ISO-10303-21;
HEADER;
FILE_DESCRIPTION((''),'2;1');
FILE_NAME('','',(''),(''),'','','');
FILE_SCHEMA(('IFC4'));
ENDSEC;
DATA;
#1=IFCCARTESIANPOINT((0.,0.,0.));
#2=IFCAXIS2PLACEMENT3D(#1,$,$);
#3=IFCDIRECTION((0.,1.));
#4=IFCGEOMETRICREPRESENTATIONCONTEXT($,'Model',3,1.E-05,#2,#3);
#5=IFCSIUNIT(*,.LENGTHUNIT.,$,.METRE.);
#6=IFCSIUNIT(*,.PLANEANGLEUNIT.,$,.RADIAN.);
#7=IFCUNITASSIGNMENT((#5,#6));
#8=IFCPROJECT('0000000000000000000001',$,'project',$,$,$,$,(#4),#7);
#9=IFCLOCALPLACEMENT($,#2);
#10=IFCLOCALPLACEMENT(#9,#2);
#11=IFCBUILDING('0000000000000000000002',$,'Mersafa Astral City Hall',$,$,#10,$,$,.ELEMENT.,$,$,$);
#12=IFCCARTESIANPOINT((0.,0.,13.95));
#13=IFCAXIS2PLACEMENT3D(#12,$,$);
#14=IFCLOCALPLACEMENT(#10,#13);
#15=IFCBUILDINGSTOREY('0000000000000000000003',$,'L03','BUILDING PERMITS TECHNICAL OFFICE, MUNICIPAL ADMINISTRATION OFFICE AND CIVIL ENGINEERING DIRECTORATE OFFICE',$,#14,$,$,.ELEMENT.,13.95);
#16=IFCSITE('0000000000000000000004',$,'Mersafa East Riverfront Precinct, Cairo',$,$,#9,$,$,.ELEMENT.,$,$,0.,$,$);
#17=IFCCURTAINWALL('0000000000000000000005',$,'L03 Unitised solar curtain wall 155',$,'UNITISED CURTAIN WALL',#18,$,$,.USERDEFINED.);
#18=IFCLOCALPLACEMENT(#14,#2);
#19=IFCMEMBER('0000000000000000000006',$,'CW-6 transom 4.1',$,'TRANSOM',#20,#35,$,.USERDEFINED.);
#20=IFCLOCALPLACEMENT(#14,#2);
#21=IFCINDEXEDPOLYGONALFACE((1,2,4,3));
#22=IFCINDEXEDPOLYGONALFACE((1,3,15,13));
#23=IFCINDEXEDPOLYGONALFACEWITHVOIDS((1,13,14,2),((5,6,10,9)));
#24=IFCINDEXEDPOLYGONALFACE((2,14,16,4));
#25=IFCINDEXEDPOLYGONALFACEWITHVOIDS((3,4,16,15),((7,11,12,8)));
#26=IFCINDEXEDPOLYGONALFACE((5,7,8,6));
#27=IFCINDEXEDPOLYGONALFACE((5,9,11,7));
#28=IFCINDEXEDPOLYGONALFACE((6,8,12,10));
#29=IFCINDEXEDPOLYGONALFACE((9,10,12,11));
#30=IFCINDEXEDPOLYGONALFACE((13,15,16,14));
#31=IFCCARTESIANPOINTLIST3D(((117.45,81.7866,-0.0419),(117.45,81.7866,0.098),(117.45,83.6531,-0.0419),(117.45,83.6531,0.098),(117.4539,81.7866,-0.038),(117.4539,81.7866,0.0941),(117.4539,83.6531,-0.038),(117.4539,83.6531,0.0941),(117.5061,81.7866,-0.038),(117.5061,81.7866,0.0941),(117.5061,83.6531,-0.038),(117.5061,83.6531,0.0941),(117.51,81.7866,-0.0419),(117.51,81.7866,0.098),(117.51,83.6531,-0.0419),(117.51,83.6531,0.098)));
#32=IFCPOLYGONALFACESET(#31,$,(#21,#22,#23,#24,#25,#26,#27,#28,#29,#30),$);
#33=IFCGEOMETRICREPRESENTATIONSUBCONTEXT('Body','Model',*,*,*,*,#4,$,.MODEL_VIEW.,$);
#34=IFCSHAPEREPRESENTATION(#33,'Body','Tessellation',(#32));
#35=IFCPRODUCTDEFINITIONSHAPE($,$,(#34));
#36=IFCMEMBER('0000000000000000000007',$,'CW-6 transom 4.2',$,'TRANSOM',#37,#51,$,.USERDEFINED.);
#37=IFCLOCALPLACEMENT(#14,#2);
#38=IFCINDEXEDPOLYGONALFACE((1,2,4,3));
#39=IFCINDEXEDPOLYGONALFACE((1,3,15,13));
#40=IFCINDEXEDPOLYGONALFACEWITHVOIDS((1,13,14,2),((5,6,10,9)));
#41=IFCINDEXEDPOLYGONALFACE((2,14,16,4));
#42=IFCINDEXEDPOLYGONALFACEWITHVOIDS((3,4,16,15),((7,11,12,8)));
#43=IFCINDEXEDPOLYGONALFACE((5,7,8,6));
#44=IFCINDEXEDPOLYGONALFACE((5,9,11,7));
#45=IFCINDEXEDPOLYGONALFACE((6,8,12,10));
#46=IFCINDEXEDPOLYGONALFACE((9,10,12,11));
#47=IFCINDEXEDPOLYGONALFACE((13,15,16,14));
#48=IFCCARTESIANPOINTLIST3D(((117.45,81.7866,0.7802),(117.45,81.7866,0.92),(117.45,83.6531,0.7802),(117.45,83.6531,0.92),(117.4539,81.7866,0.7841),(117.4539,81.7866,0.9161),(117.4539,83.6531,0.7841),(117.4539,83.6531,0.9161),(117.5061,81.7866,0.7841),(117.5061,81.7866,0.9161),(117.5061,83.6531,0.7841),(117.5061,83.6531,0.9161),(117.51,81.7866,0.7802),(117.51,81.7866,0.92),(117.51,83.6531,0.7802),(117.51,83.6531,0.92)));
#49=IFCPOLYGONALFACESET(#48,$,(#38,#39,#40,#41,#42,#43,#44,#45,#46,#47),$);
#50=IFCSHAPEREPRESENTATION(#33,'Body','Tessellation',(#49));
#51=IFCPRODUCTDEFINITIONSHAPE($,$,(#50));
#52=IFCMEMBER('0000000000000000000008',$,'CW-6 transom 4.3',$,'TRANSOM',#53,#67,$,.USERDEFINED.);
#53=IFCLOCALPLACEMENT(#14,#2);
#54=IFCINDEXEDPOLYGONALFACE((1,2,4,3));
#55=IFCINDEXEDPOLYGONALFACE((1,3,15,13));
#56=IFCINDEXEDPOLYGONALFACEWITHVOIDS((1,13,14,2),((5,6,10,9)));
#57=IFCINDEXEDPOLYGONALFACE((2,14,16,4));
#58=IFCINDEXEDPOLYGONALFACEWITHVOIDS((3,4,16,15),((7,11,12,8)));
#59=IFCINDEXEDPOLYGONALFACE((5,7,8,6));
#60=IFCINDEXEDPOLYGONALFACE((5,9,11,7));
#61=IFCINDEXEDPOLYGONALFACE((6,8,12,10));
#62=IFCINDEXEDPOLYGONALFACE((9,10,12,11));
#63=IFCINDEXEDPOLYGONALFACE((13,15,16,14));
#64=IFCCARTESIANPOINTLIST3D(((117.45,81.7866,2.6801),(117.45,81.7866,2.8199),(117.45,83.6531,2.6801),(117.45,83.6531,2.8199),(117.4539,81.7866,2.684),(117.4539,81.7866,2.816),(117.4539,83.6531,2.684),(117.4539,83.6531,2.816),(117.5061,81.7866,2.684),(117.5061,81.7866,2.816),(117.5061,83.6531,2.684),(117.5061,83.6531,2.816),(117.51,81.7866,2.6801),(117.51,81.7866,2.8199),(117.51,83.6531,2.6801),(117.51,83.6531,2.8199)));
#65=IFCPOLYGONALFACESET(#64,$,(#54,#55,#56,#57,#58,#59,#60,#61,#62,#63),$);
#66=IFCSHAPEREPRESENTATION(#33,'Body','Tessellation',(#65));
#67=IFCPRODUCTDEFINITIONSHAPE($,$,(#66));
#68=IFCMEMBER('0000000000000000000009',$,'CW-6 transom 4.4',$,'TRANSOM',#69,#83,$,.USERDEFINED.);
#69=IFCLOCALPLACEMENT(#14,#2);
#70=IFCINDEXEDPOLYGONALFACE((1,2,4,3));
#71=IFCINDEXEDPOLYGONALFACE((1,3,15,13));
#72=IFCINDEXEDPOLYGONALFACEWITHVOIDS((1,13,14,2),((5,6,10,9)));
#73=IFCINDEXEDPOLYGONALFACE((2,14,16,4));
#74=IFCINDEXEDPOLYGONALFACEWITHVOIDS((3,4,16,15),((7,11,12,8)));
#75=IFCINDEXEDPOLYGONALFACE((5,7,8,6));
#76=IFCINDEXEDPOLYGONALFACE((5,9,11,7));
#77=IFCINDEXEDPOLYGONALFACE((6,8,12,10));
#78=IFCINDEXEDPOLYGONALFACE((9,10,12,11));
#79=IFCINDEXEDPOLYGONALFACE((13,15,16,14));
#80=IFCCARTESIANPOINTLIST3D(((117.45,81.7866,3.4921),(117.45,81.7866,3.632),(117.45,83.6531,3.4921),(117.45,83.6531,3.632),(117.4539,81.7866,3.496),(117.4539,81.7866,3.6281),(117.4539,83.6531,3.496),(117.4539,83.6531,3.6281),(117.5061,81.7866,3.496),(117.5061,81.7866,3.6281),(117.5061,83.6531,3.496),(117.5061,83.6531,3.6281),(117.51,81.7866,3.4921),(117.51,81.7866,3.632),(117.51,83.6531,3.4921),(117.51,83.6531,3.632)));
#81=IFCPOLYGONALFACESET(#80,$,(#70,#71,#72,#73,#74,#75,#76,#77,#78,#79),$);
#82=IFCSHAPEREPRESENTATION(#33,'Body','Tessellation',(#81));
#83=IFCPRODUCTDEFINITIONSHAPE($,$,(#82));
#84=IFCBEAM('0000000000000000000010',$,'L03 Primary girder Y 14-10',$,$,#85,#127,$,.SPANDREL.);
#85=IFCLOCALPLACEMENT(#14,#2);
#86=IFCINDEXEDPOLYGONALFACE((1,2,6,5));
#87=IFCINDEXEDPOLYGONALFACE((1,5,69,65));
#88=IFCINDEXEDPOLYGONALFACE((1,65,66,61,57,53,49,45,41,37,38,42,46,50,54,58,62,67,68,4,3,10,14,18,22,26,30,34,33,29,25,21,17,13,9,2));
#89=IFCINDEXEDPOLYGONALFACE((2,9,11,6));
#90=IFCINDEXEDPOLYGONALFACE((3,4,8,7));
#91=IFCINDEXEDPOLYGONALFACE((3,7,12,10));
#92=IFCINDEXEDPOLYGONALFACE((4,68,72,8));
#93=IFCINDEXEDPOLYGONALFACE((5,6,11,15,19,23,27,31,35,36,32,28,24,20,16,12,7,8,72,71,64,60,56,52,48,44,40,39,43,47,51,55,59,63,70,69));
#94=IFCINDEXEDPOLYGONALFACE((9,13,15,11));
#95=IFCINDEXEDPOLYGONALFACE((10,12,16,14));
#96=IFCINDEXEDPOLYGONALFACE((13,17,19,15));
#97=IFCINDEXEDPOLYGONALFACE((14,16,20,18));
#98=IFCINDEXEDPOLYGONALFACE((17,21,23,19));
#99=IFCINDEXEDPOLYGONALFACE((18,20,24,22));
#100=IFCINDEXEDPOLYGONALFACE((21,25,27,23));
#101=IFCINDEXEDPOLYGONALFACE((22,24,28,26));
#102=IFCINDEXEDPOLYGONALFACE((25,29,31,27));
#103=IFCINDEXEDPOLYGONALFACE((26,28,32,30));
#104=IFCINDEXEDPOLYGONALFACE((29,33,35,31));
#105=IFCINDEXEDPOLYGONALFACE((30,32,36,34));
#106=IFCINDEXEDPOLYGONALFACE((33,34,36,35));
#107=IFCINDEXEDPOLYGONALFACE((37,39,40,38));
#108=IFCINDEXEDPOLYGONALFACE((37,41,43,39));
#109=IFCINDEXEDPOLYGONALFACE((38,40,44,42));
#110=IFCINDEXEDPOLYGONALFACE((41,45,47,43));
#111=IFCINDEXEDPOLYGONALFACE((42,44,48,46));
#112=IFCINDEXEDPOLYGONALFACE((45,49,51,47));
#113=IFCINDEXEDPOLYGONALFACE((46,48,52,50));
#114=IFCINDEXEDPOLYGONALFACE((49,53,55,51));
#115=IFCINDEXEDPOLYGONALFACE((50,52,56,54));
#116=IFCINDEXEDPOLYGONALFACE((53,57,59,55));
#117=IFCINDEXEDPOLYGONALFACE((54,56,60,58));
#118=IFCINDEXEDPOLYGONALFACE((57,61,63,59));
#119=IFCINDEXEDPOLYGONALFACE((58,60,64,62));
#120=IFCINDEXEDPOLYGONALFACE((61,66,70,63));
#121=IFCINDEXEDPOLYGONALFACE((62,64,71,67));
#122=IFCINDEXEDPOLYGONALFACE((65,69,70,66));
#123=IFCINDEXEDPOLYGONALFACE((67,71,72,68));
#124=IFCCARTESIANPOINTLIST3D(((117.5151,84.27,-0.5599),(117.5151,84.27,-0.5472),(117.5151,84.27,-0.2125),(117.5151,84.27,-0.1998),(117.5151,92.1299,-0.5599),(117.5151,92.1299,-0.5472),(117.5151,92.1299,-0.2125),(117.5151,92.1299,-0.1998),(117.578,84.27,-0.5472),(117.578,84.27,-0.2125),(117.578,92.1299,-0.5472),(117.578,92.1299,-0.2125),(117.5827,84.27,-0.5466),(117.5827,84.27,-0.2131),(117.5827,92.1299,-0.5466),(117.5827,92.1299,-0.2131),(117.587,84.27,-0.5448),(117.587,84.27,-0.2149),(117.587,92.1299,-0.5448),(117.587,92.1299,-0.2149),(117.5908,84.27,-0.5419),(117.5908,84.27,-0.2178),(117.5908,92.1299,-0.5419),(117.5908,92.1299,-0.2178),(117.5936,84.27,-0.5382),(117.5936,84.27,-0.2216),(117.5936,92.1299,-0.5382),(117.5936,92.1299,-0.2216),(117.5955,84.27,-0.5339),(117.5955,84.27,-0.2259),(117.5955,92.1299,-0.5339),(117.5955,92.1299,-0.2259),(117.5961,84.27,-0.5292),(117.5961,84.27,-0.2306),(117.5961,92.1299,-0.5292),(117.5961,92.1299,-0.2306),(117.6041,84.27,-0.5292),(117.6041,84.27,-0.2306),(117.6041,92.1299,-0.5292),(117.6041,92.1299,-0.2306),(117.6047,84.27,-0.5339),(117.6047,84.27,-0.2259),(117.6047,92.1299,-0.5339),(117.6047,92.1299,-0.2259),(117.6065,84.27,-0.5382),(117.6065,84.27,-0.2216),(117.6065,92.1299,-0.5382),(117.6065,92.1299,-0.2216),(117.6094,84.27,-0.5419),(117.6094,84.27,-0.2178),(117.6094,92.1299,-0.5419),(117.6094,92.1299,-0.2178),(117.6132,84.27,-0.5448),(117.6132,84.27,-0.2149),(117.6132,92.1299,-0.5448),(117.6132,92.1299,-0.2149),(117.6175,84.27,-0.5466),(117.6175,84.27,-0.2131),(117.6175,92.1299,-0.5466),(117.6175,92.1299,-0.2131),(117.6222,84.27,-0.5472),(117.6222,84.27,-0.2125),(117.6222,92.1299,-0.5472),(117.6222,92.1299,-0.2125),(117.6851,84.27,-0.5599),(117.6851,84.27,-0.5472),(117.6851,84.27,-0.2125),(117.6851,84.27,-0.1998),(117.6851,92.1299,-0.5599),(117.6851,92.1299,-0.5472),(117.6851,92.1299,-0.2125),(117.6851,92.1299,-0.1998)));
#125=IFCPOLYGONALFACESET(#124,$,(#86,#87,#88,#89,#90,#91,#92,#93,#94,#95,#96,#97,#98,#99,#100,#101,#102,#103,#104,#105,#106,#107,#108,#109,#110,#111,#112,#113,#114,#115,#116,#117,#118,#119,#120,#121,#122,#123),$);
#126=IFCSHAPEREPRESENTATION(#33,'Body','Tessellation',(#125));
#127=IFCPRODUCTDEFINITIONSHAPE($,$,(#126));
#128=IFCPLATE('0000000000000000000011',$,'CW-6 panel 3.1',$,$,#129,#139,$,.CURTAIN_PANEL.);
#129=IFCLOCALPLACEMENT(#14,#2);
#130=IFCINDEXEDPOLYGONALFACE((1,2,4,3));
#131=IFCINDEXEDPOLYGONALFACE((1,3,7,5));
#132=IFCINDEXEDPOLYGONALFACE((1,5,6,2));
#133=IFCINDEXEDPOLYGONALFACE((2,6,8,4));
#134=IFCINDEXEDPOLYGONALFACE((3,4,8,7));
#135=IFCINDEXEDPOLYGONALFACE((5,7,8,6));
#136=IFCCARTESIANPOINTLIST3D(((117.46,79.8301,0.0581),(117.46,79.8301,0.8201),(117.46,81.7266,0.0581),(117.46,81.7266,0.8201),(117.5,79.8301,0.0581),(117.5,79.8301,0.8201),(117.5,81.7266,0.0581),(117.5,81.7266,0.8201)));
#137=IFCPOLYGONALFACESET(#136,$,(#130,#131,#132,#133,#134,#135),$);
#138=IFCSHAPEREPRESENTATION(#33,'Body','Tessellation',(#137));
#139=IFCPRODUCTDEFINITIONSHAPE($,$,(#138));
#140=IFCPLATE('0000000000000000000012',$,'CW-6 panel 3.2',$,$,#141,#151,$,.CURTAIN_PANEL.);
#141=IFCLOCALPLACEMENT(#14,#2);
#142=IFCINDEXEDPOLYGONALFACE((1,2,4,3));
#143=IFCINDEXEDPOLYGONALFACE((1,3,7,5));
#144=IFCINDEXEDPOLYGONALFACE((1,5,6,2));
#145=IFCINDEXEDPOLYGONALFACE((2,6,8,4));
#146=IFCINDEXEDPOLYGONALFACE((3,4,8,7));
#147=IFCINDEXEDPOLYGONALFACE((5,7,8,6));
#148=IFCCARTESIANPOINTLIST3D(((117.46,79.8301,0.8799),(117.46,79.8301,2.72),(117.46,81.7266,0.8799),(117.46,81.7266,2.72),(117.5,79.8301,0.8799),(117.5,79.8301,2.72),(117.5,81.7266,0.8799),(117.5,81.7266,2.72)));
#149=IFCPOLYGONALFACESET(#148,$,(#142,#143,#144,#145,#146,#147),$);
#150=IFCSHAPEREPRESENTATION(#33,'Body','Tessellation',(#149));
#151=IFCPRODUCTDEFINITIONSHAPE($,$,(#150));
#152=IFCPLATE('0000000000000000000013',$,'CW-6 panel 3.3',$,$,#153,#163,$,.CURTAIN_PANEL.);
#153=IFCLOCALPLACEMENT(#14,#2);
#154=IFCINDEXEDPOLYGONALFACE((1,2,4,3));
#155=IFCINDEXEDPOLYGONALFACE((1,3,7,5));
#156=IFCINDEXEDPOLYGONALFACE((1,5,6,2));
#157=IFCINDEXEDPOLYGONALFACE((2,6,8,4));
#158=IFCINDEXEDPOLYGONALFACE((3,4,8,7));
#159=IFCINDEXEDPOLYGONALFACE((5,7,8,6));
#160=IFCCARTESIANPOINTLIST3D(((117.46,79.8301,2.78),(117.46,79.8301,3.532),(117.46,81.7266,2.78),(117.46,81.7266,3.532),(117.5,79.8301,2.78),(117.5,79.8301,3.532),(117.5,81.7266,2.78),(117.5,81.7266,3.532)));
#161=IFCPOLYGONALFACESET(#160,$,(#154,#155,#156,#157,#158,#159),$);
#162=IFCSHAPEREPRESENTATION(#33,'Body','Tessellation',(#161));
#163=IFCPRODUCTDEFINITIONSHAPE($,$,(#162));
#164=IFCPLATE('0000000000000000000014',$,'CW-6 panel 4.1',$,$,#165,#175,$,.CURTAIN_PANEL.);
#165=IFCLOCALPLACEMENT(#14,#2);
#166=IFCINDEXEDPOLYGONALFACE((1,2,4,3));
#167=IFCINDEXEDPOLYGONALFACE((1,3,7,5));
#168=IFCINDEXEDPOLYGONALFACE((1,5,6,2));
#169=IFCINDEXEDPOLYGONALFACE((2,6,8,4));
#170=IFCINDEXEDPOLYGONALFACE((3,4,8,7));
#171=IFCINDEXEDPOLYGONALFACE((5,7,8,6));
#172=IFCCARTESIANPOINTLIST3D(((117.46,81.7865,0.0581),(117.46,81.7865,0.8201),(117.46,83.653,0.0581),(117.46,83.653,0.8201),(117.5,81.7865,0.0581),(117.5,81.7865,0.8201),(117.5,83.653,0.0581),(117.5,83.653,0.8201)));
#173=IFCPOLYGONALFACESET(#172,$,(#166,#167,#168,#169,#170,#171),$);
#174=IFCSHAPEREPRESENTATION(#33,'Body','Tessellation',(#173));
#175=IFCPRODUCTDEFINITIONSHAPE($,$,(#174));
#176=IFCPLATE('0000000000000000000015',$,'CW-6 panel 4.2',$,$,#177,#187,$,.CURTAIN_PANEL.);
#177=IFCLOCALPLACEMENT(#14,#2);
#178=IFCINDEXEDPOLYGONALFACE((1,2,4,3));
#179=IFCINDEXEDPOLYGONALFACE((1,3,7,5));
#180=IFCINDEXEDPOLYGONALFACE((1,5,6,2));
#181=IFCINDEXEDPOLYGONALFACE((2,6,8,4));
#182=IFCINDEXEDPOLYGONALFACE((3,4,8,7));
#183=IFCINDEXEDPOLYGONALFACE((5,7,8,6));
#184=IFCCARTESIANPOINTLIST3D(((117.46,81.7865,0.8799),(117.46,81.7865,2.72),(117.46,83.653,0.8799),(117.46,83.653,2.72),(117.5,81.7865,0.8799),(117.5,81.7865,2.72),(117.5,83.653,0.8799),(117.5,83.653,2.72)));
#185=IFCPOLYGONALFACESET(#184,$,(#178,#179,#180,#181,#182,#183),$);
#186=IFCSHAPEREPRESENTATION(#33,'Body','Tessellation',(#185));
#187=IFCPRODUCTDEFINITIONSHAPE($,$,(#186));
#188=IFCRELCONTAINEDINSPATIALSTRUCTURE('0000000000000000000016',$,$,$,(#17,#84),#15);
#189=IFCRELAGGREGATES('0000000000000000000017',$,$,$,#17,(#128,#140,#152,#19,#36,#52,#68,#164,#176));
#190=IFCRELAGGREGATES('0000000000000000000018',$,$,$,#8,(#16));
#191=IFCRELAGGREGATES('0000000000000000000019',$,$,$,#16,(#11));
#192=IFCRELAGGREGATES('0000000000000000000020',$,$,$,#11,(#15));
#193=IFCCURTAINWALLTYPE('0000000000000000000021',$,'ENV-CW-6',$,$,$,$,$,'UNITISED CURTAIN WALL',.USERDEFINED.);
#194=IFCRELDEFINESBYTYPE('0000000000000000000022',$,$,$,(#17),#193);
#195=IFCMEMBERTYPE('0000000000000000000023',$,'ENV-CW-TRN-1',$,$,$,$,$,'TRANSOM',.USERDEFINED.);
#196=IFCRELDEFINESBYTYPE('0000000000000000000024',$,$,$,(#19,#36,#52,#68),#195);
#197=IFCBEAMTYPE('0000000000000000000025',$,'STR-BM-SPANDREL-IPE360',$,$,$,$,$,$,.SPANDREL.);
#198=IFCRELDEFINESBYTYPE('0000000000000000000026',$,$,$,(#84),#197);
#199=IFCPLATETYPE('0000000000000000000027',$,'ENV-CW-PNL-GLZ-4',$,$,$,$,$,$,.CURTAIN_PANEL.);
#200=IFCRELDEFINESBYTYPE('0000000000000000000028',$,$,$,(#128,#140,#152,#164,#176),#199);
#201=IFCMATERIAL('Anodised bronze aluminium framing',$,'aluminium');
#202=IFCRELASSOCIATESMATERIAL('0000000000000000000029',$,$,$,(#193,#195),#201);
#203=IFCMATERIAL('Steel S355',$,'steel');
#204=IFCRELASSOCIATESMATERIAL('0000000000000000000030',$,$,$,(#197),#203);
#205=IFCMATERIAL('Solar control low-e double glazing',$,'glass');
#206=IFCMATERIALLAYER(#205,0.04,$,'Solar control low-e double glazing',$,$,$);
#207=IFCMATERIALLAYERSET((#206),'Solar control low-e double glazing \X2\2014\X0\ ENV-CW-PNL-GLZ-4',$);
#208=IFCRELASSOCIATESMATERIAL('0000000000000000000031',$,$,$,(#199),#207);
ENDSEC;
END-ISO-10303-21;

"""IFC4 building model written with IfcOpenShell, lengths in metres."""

from ifc_helpers import new_model, si_unit, direction, frame, origin, origin_2d, place, context, subcontext, project, spatial, rectangle, hollow_rectangle, i_section, extrude, material, layer, layer_set, material_profile, profile_set, type_object, element, aggregate, save


model = new_model("IFC4")

# Units and contexts
model_context = context("Model", 3, precision=1e-05, world=origin(), true_north=direction((0.0, 1.0)))
body_context = subcontext(model_context, "Body", "Model", "MODEL_VIEW")
ifc_project = project(units=[si_unit("LENGTHUNIT", "METRE"), si_unit("PLANEANGLEUNIT", "RADIAN")], contexts=[model_context])

# Site, building, storey
site_placement = place(None, origin())
site = spatial("IfcSite", under=ifc_project, at=site_placement, Name="Mersafa East Riverfront Precinct, Cairo", CompositionType="ELEMENT", RefElevation=0.0)
building_placement = place(site_placement, origin())
building = spatial("IfcBuilding", under=site, at=building_placement, Name="Mersafa Astral City Hall", CompositionType="ELEMENT")
storey_placement = place(building_placement, frame((0.0, 0.0, 13.95)))
storey = spatial("IfcBuildingStorey", under=building, at=storey_placement, Name="L03", Description="BUILDING PERMITS TECHNICAL OFFICE, MUNICIPAL ADMINISTRATION OFFICE AND CIVIL ENGINEERING DIRECTORATE OFFICE", CompositionType="ELEMENT", Elevation=13.95)

# Shared definitions
ifc_material_1 = material(Name="Steel S355", Category="steel")

# Curtain wall, members
ifc_material_2 = material(Name="Anodised bronze aluminium framing", Category="aluminium")
curtain_wall_type = type_object("IfcCurtainWallType", Name="ENV-CW-6", ElementType="UNITISED CURTAIN WALL", PredefinedType="USERDEFINED", material=ifc_material_2)
curtain_wall_placement = place(storey_placement, origin())
curtain_wall = element("IfcCurtainWall", 1, at=curtain_wall_placement, inside=storey, type_object=curtain_wall_type, Name="L03 Unitised solar curtain wall 155", ObjectType="UNITISED CURTAIN WALL", PredefinedType="USERDEFINED")
ifc_material_profile_1 = material_profile(ifc_material_2, hollow_rectangle(XDim=0.0601, YDim=0.1399, WallThickness=0.0039, at=origin_2d()), Name="RHS 60x140x4")
ifc_profile_set_1 = profile_set([ifc_material_profile_1], Name="Anodised bronze aluminium framing")
member_type_1 = type_object("IfcMemberType", Name="ENV-CW-TRN-1", ElementType="TRANSOM", PredefinedType="USERDEFINED", material=ifc_profile_set_1)
member_1_placement = place(storey_placement, frame((117.48, 81.7866, 0.0281), z_axis=(0.0, 1.0, 0.0), x_axis=(-1.0, 0.0, 0.0)))
member_1 = element("IfcMember", 2, at=member_1_placement, type_object=member_type_1, Name="CW-6 transom 4.1", ObjectType="TRANSOM", PredefinedType="USERDEFINED", context=body_context, shape_type="SweptSolid", body=[
    extrude(hollow_rectangle(XDim=0.0601, YDim=0.1399, WallThickness=0.0039, at=origin_2d()), origin(), (0.0, 0.0, 1.0), 1.8665),
])
member_2_placement = place(storey_placement, frame((117.48, 81.7866, 0.8501), z_axis=(0.0, 1.0, 0.0), x_axis=(-1.0, 0.0, 0.0)))
member_2 = element("IfcMember", 3, at=member_2_placement, type_object=member_type_1, Name="CW-6 transom 4.2", ObjectType="TRANSOM", PredefinedType="USERDEFINED", context=body_context, shape_type="SweptSolid", body=[
    extrude(hollow_rectangle(XDim=0.0601, YDim=0.1399, WallThickness=0.0039, at=origin_2d()), origin(), (0.0, 0.0, 1.0), 1.8665),
])
member_3_placement = place(storey_placement, frame((117.48, 81.7866, 2.75), z_axis=(0.0, 1.0, 0.0), x_axis=(-1.0, 0.0, 0.0)))
member_3 = element("IfcMember", 4, at=member_3_placement, type_object=member_type_1, Name="CW-6 transom 4.3", ObjectType="TRANSOM", PredefinedType="USERDEFINED", context=body_context, shape_type="SweptSolid", body=[
    extrude(hollow_rectangle(XDim=0.0601, YDim=0.1399, WallThickness=0.0039, at=origin_2d()), origin(), (0.0, 0.0, 1.0), 1.8665),
])
member_4_placement = place(storey_placement, frame((117.48, 81.7866, 3.562), z_axis=(0.0, 1.0, 0.0), x_axis=(-1.0, 0.0, 0.0)))
member_4 = element("IfcMember", 5, at=member_4_placement, type_object=member_type_1, Name="CW-6 transom 4.4", ObjectType="TRANSOM", PredefinedType="USERDEFINED", context=body_context, shape_type="SweptSolid", body=[
    extrude(hollow_rectangle(XDim=0.0601, YDim=0.1399, WallThickness=0.0039, at=origin_2d()), origin(), (0.0, 0.0, 1.0), 1.8665),
])

# Beam
ifc_material_profile_2 = material_profile(ifc_material_1, i_section(OverallWidth=0.1699, OverallDepth=0.3601, WebThickness=0.0081, FlangeThickness=0.0127, FilletRadius=0.0181, at=origin_2d()), Name="IPE 360")
ifc_profile_set_2 = profile_set([ifc_material_profile_2], Name="Steel S355")
beam_type = type_object("IfcBeamType", Name="STR-BM-SPANDREL-IPE360", PredefinedType="SPANDREL", material=ifc_profile_set_2)
beam_placement = place(storey_placement, frame((117.6001, 84.27, -0.3799), z_axis=(0.0, 1.0, 0.0), x_axis=(-1.0, 0.0, 0.0)))
element("IfcBeam", 6, at=beam_placement, inside=storey, type_object=beam_type, Name="L03 Primary girder Y 14-10", PredefinedType="SPANDREL", context=body_context, shape_type="SweptSolid", body=[
    extrude(i_section(OverallWidth=0.1699, OverallDepth=0.3601, WebThickness=0.0081, FlangeThickness=0.0127, FilletRadius=0.0181, at=origin_2d()), origin(), (0.0, 0.0, 1.0), 7.8599),
])

# Plates
ifc_material_3 = material(Name="Solar control low-e double glazing", Category="glass")
ifc_layer_1 = layer(ifc_material_3, 0.04, Name="Solar control low-e double glazing")
ifc_layer_set_1 = layer_set([ifc_layer_1], Name="Solar control low-e double glazing — ENV-CW-PNL-GLZ-4")
plate_type = type_object("IfcPlateType", Name="ENV-CW-PNL-GLZ-4", PredefinedType="CURTAIN_PANEL", material=ifc_layer_set_1)
plate_1_placement = place(storey_placement, frame((117.48, 80.7783, 0.0581), z_axis=(0.0, 0.0, 1.0), x_axis=(0.0, 1.0, 0.0)))
plate_1 = element("IfcPlate", 7, at=plate_1_placement, type_object=plate_type, Name="CW-6 panel 3.1", PredefinedType="CURTAIN_PANEL", context=body_context, shape_type="SweptSolid", body=[
    extrude(rectangle(XDim=1.8965, YDim=0.04, at=origin_2d()), origin(), (0.0, 0.0, 1.0), 0.762),
])
plate_2_placement = place(storey_placement, frame((117.48, 80.7783, 0.8799), z_axis=(0.0, 0.0, 1.0), x_axis=(0.0, 1.0, 0.0)))
plate_2 = element("IfcPlate", 8, at=plate_2_placement, type_object=plate_type, Name="CW-6 panel 3.2", PredefinedType="CURTAIN_PANEL", context=body_context, shape_type="SweptSolid", body=[
    extrude(rectangle(XDim=1.8965, YDim=0.04, at=origin_2d()), origin(), (0.0, 0.0, 1.0), 1.8401),
])
plate_3_placement = place(storey_placement, frame((117.48, 80.7783, 2.78), z_axis=(0.0, 0.0, 1.0), x_axis=(0.0, 1.0, 0.0)))
plate_3 = element("IfcPlate", 9, at=plate_3_placement, type_object=plate_type, Name="CW-6 panel 3.3", PredefinedType="CURTAIN_PANEL", context=body_context, shape_type="SweptSolid", body=[
    extrude(rectangle(XDim=1.8965, YDim=0.04, at=origin_2d()), origin(), (0.0, 0.0, 1.0), 0.752),
])
plate_4_placement = place(storey_placement, frame((117.48, 82.7197, 0.0581), z_axis=(0.0, 0.0, 1.0), x_axis=(0.0, 1.0, 0.0)))
plate_4 = element("IfcPlate", 10, at=plate_4_placement, type_object=plate_type, Name="CW-6 panel 4.1", PredefinedType="CURTAIN_PANEL", context=body_context, shape_type="SweptSolid", body=[
    extrude(rectangle(XDim=1.8665, YDim=0.04, at=origin_2d()), origin(), (0.0, 0.0, 1.0), 0.762),
])
plate_5_placement = place(storey_placement, frame((117.48, 82.7197, 0.8799), z_axis=(0.0, 0.0, 1.0), x_axis=(0.0, 1.0, 0.0)))
plate_5 = element("IfcPlate", 11, at=plate_5_placement, type_object=plate_type, Name="CW-6 panel 4.2", PredefinedType="CURTAIN_PANEL", context=body_context, shape_type="SweptSolid", body=[
    extrude(rectangle(XDim=1.8665, YDim=0.04, at=origin_2d()), origin(), (0.0, 0.0, 1.0), 1.8401),
])
aggregate(curtain_wall, [plate_1, plate_2, plate_3, member_1, member_2, member_3, member_4, plate_4, plate_5])

save(model, "model.ifc")
